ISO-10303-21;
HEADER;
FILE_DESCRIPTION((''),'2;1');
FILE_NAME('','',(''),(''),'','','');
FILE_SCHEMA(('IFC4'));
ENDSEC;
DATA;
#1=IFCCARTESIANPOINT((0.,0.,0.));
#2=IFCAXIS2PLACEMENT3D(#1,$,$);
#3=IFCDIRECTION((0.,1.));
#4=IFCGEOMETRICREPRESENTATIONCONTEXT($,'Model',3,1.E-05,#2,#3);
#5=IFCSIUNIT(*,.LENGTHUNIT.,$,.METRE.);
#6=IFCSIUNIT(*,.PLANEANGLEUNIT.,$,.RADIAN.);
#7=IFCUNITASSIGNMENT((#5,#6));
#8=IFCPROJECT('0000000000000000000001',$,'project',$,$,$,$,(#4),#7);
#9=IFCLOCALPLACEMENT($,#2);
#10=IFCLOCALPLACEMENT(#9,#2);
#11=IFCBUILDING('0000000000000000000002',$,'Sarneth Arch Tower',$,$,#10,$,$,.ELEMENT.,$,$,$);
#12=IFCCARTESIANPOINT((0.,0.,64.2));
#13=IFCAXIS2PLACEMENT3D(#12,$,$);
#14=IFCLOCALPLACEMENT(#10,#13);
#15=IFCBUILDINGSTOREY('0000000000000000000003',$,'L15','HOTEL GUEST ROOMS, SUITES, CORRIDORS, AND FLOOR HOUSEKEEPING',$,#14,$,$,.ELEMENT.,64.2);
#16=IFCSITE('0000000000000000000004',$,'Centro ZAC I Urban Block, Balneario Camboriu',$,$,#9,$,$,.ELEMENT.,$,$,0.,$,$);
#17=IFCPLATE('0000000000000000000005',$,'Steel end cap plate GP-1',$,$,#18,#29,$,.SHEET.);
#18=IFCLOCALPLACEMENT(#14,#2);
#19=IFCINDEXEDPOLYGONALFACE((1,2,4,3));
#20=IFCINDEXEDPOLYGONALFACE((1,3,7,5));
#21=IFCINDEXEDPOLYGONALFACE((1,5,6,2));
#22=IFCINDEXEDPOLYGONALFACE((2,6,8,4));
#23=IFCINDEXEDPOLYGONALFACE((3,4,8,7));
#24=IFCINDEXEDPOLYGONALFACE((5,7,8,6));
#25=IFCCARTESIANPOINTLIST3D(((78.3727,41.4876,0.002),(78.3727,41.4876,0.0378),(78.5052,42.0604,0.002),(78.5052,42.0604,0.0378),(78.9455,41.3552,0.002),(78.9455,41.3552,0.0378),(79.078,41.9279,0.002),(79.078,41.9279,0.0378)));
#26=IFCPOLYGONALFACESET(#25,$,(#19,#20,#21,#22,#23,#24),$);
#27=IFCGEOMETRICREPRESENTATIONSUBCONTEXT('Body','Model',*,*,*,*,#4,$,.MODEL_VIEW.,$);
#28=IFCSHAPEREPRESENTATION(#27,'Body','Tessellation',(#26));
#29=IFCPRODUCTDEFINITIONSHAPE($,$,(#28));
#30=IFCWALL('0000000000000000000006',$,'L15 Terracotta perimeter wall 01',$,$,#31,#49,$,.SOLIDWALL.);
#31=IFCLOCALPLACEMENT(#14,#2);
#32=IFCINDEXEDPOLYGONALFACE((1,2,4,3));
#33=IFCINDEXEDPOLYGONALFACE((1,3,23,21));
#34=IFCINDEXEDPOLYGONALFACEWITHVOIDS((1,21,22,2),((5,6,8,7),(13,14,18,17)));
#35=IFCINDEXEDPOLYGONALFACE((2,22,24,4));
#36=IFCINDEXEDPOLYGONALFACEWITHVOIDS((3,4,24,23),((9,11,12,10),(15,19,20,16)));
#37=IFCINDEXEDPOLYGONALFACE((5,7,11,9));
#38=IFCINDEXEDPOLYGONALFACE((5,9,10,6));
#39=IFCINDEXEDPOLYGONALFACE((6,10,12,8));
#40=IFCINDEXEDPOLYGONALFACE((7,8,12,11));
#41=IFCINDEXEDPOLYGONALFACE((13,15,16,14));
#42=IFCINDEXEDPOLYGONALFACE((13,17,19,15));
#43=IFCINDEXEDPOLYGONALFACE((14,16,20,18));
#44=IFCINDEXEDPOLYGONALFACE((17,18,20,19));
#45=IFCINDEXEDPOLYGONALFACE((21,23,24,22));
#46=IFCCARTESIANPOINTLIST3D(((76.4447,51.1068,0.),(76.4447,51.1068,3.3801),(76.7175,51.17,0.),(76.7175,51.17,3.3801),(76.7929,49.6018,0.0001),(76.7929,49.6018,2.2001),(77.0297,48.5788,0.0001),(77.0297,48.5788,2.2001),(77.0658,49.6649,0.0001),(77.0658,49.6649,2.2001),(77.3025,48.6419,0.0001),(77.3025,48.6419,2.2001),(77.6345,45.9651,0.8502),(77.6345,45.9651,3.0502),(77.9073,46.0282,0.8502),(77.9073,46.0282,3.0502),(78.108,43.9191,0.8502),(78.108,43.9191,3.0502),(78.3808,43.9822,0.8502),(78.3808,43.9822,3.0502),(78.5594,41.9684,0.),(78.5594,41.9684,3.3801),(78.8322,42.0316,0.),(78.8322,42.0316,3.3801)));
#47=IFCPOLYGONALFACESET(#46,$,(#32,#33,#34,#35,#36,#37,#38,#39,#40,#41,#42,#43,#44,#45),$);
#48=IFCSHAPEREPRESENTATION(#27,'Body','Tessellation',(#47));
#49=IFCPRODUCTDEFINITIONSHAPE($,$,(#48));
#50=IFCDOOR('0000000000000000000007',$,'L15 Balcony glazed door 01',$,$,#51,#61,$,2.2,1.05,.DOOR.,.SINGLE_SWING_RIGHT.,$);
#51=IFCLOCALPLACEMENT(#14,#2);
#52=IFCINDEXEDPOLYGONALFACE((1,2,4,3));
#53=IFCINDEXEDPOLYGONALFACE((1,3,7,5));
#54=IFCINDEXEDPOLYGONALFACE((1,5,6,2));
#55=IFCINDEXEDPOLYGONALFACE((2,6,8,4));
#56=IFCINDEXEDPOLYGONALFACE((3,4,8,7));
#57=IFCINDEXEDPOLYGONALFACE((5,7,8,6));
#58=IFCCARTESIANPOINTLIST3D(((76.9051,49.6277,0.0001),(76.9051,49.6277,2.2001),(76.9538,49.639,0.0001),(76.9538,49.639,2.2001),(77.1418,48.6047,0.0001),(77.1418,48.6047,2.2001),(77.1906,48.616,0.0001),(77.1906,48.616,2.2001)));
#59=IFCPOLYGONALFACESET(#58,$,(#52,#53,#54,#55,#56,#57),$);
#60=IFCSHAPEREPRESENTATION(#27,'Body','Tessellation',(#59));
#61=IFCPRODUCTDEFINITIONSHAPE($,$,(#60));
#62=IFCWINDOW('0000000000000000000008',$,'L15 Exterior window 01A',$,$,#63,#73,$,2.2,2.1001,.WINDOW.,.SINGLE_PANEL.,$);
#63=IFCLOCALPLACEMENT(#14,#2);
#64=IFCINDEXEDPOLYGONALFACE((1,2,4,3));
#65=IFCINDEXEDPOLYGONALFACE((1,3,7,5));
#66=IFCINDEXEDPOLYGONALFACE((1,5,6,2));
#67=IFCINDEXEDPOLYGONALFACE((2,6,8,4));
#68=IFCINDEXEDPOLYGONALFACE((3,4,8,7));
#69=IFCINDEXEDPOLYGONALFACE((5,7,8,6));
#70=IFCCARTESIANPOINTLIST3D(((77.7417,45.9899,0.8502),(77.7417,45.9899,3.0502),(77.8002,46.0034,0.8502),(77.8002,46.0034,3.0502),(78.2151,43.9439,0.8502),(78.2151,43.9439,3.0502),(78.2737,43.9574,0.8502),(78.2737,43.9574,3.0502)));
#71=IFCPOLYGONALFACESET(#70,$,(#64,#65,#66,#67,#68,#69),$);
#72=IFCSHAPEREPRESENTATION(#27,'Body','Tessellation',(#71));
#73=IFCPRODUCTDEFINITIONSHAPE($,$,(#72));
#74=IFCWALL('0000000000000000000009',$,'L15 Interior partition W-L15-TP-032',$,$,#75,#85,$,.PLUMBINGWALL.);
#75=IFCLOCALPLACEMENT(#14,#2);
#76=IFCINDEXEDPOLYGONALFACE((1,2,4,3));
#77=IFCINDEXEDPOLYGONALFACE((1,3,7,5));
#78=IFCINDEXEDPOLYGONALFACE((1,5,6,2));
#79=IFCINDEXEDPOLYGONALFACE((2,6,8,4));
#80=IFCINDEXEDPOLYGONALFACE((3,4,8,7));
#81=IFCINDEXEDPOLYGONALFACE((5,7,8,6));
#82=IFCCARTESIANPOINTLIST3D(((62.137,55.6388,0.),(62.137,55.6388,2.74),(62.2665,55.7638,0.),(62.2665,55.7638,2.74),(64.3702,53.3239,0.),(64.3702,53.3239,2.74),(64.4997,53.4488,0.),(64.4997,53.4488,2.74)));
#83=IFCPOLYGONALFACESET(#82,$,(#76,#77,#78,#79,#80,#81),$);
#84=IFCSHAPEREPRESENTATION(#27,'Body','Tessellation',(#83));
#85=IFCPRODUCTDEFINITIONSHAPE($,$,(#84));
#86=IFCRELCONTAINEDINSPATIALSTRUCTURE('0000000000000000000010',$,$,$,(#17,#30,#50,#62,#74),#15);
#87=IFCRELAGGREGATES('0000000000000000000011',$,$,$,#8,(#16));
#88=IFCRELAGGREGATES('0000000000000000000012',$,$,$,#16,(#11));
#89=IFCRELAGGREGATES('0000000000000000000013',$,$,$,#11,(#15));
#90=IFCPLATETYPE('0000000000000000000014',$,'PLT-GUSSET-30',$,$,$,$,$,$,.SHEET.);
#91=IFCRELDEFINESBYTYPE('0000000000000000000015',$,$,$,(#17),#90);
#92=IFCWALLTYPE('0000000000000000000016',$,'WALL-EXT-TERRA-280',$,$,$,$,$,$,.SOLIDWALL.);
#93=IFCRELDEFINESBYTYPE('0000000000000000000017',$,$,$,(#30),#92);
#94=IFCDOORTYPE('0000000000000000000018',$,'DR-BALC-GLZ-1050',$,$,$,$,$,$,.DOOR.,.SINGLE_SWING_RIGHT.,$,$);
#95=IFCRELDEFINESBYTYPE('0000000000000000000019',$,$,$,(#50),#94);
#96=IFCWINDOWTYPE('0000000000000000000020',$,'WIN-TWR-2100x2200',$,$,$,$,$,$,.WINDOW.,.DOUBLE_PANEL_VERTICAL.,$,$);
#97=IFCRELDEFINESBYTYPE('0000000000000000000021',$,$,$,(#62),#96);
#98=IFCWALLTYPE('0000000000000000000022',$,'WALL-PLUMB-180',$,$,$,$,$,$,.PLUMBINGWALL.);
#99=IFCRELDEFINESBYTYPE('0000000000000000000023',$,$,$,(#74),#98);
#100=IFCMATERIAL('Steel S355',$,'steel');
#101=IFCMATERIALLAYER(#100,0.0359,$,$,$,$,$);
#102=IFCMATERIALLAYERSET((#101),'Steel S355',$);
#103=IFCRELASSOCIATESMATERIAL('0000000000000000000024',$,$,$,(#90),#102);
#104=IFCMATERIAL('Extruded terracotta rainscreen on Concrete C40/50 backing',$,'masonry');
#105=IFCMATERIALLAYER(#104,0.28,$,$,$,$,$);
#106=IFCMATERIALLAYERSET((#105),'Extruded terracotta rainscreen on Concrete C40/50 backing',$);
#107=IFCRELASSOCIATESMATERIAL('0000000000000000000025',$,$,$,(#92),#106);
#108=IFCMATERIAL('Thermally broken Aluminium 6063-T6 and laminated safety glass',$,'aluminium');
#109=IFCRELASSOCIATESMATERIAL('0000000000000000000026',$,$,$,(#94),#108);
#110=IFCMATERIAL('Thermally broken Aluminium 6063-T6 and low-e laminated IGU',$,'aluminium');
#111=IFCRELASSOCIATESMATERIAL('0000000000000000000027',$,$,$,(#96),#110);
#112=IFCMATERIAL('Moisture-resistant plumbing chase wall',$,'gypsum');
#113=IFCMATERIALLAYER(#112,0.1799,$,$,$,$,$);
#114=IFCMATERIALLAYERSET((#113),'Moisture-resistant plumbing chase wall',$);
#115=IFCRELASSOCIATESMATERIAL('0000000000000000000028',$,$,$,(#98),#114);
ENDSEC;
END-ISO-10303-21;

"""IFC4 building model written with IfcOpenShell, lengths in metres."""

from ifc_helpers import new_model, si_unit, direction, frame, frame_2d, origin, origin_2d, place, context, subcontext, project, spatial, rectangle, extrude, material, layer, layer_set, type_object, element, fill, save


model = new_model("IFC4")

# Units and contexts
model_context = context("Model", 3, precision=1e-05, world=origin(), true_north=direction((0.0, 1.0)))
body_context = subcontext(model_context, "Body", "Model", "MODEL_VIEW")
ifc_project = project(units=[si_unit("LENGTHUNIT", "METRE"), si_unit("PLANEANGLEUNIT", "RADIAN")], contexts=[model_context])

# Site, building, storey
site_placement = place(None, origin())
site = spatial("IfcSite", under=ifc_project, at=site_placement, Name="Centro ZAC I Urban Block, Balneario Camboriu", CompositionType="ELEMENT", RefElevation=0.0)
building_placement = place(site_placement, origin())
building = spatial("IfcBuilding", under=site, at=building_placement, Name="Sarneth Arch Tower", CompositionType="ELEMENT")
storey_placement = place(building_placement, frame((0.0, 0.0, 64.2)))
storey = spatial("IfcBuildingStorey", under=building, at=storey_placement, Name="L15", Description="HOTEL GUEST ROOMS, SUITES, CORRIDORS, AND FLOOR HOUSEKEEPING", CompositionType="ELEMENT", Elevation=64.2)

# Plate
ifc_material_1 = material(Name="Steel S355", Category="steel")
ifc_layer_1 = layer(ifc_material_1, 0.0359)
ifc_layer_set_1 = layer_set([ifc_layer_1], Name="Steel S355")
plate_type_1 = type_object("IfcPlateType", Name="PLT-GUSSET-30", PredefinedType="SHEET", material=ifc_layer_set_1)
plate_1_placement = place(storey_placement, frame((78.7253, 41.7078, 0.002), z_axis=(0.0, 0.0, 1.0), x_axis=(0.225291, 0.974291, 0.0)))
element("IfcPlate", 1, at=plate_1_placement, inside=storey, type_object=plate_type_1, Name="Steel end cap plate GP-1", PredefinedType="SHEET", context=body_context, shape_type="SweptSolid", body=[
    extrude(rectangle(XDim=0.5879, YDim=0.5879, at=origin_2d()), origin(), (0.0, 0.0, 1.0), 0.0359),
])

# Wall, openings, door, window
ifc_material_2 = material(Name="Extruded terracotta rainscreen on Concrete C40/50 backing", Category="masonry")
ifc_layer_2 = layer(ifc_material_2, 0.28)
ifc_layer_set_2 = layer_set([ifc_layer_2], Name="Extruded terracotta rainscreen on Concrete C40/50 backing")
wall_type_1 = type_object("IfcWallType", Name="WALL-EXT-TERRA-280", PredefinedType="SOLIDWALL", material=ifc_layer_set_2)
wall_1_placement = place(storey_placement, frame((78.6958, 42.0, 0.0), z_axis=(0.0, 0.0, 1.0), x_axis=(-0.225454, 0.974254, 0.0)))
wall_1 = element("IfcWall", 2, at=wall_1_placement, inside=storey, type_object=wall_type_1, Name="L15 Terracotta perimeter wall 01", PredefinedType="SOLIDWALL", context=body_context, shape_type="SweptSolid", body=[
    extrude(rectangle(XDim=9.3799, YDim=0.28, at=frame_2d((4.6899, 0.0))), origin(), (0.0, 0.0, 1.0), 3.3801),
])
opening_1_placement = place(wall_1_placement, frame((2.0022, 0.0, 0.8501)))
opening_1 = element("IfcOpeningElement", 3, at=opening_1_placement, cuts=wall_1, PredefinedType="OPENING", context=body_context, shape_type="SweptSolid", body=[
    extrude(rectangle(XDim=2.1001, YDim=2.2, at=frame_2d((1.05, 1.1001))), frame((0.0, 0.1499, 0.0), z_axis=(0.0, -1.0, 0.0), x_axis=(1.0, 0.0, 0.0)), (0.0, 0.0, 1.0), 0.3),
])
opening_2_placement = place(wall_1_placement, frame((6.7852, 0.0, 0.0)))
opening_2 = element("IfcOpeningElement", 4, at=opening_2_placement, cuts=wall_1, PredefinedType="OPENING", context=body_context, shape_type="SweptSolid", body=[
    extrude(rectangle(XDim=1.05, YDim=2.2, at=frame_2d((0.5249, 1.1001))), frame((0.0, 0.1499, 0.0), z_axis=(0.0, -1.0, 0.0), x_axis=(1.0, 0.0, 0.0)), (0.0, 0.0, 1.0), 0.3),
])
ifc_material_3 = material(Name="Thermally broken Aluminium 6063-T6 and laminated safety glass", Category="aluminium")
door_type = type_object("IfcDoorType", Name="DR-BALC-GLZ-1050", OperationType="SINGLE_SWING_RIGHT", PredefinedType="DOOR", material=ifc_material_3)
door_placement = place(opening_2_placement, origin())
door = element("IfcDoor", 5, at=door_placement, inside=storey, type_object=door_type, Name="L15 Balcony glazed door 01", OperationType="SINGLE_SWING_RIGHT", OverallHeight=2.2, OverallWidth=1.05, PredefinedType="DOOR", context=body_context, shape_type="SweptSolid", body=[
    extrude(rectangle(XDim=1.05, YDim=2.2, at=frame_2d((0.5249, 1.1001))), frame((0.0, 0.0249, 0.0), z_axis=(0.0, -1.0, 0.0), x_axis=(1.0, 0.0, 0.0)), (0.0, 0.0, 1.0), 0.05),
])
fill(opening_2, door)
ifc_material_4 = material(Name="Thermally broken Aluminium 6063-T6 and low-e laminated IGU", Category="aluminium")
window_type = type_object("IfcWindowType", Name="WIN-TWR-2100x2200", PartitioningType="DOUBLE_PANEL_VERTICAL", PredefinedType="WINDOW", material=ifc_material_4)
window_placement = place(opening_1_placement, origin())
window = element("IfcWindow", 6, at=window_placement, inside=storey, type_object=window_type, Name="L15 Exterior window 01A", OverallHeight=2.2, OverallWidth=2.1001, PartitioningType="SINGLE_PANEL", PredefinedType="WINDOW", context=body_context, shape_type="SweptSolid", body=[
    extrude(rectangle(XDim=2.1001, YDim=2.2, at=frame_2d((1.05, 1.1001))), frame((0.0, 0.03, 0.0), z_axis=(0.0, -1.0, 0.0), x_axis=(1.0, 0.0, 0.0)), (0.0, 0.0, 1.0), 0.0601),
])
fill(opening_1, window)

# Wall
ifc_material_5 = material(Name="Moisture-resistant plumbing chase wall", Category="gypsum")
ifc_layer_3 = layer(ifc_material_5, 0.1799)
ifc_layer_set_3 = layer_set([ifc_layer_3], Name="Moisture-resistant plumbing chase wall")
wall_type_2 = type_object("IfcWallType", Name="WALL-PLUMB-180", PredefinedType="PLUMBINGWALL", material=ifc_layer_set_3)
wall_2_placement = place(storey_placement, frame((64.4351, 53.3862, 0.0), z_axis=(0.0, 0.0, 1.0), x_axis=(-0.694279, 0.719706, 0.0)))
element("IfcWall", 7, at=wall_2_placement, inside=storey, type_object=wall_type_2, Name="L15 Interior partition W-L15-TP-032", PredefinedType="PLUMBINGWALL", context=body_context, shape_type="SweptSolid", body=[
    extrude(rectangle(XDim=3.2166, YDim=0.1799, at=frame_2d((1.6084, 0.0))), origin(), (0.0, 0.0, 1.0), 2.74),
])

save(model, "model.ifc")
